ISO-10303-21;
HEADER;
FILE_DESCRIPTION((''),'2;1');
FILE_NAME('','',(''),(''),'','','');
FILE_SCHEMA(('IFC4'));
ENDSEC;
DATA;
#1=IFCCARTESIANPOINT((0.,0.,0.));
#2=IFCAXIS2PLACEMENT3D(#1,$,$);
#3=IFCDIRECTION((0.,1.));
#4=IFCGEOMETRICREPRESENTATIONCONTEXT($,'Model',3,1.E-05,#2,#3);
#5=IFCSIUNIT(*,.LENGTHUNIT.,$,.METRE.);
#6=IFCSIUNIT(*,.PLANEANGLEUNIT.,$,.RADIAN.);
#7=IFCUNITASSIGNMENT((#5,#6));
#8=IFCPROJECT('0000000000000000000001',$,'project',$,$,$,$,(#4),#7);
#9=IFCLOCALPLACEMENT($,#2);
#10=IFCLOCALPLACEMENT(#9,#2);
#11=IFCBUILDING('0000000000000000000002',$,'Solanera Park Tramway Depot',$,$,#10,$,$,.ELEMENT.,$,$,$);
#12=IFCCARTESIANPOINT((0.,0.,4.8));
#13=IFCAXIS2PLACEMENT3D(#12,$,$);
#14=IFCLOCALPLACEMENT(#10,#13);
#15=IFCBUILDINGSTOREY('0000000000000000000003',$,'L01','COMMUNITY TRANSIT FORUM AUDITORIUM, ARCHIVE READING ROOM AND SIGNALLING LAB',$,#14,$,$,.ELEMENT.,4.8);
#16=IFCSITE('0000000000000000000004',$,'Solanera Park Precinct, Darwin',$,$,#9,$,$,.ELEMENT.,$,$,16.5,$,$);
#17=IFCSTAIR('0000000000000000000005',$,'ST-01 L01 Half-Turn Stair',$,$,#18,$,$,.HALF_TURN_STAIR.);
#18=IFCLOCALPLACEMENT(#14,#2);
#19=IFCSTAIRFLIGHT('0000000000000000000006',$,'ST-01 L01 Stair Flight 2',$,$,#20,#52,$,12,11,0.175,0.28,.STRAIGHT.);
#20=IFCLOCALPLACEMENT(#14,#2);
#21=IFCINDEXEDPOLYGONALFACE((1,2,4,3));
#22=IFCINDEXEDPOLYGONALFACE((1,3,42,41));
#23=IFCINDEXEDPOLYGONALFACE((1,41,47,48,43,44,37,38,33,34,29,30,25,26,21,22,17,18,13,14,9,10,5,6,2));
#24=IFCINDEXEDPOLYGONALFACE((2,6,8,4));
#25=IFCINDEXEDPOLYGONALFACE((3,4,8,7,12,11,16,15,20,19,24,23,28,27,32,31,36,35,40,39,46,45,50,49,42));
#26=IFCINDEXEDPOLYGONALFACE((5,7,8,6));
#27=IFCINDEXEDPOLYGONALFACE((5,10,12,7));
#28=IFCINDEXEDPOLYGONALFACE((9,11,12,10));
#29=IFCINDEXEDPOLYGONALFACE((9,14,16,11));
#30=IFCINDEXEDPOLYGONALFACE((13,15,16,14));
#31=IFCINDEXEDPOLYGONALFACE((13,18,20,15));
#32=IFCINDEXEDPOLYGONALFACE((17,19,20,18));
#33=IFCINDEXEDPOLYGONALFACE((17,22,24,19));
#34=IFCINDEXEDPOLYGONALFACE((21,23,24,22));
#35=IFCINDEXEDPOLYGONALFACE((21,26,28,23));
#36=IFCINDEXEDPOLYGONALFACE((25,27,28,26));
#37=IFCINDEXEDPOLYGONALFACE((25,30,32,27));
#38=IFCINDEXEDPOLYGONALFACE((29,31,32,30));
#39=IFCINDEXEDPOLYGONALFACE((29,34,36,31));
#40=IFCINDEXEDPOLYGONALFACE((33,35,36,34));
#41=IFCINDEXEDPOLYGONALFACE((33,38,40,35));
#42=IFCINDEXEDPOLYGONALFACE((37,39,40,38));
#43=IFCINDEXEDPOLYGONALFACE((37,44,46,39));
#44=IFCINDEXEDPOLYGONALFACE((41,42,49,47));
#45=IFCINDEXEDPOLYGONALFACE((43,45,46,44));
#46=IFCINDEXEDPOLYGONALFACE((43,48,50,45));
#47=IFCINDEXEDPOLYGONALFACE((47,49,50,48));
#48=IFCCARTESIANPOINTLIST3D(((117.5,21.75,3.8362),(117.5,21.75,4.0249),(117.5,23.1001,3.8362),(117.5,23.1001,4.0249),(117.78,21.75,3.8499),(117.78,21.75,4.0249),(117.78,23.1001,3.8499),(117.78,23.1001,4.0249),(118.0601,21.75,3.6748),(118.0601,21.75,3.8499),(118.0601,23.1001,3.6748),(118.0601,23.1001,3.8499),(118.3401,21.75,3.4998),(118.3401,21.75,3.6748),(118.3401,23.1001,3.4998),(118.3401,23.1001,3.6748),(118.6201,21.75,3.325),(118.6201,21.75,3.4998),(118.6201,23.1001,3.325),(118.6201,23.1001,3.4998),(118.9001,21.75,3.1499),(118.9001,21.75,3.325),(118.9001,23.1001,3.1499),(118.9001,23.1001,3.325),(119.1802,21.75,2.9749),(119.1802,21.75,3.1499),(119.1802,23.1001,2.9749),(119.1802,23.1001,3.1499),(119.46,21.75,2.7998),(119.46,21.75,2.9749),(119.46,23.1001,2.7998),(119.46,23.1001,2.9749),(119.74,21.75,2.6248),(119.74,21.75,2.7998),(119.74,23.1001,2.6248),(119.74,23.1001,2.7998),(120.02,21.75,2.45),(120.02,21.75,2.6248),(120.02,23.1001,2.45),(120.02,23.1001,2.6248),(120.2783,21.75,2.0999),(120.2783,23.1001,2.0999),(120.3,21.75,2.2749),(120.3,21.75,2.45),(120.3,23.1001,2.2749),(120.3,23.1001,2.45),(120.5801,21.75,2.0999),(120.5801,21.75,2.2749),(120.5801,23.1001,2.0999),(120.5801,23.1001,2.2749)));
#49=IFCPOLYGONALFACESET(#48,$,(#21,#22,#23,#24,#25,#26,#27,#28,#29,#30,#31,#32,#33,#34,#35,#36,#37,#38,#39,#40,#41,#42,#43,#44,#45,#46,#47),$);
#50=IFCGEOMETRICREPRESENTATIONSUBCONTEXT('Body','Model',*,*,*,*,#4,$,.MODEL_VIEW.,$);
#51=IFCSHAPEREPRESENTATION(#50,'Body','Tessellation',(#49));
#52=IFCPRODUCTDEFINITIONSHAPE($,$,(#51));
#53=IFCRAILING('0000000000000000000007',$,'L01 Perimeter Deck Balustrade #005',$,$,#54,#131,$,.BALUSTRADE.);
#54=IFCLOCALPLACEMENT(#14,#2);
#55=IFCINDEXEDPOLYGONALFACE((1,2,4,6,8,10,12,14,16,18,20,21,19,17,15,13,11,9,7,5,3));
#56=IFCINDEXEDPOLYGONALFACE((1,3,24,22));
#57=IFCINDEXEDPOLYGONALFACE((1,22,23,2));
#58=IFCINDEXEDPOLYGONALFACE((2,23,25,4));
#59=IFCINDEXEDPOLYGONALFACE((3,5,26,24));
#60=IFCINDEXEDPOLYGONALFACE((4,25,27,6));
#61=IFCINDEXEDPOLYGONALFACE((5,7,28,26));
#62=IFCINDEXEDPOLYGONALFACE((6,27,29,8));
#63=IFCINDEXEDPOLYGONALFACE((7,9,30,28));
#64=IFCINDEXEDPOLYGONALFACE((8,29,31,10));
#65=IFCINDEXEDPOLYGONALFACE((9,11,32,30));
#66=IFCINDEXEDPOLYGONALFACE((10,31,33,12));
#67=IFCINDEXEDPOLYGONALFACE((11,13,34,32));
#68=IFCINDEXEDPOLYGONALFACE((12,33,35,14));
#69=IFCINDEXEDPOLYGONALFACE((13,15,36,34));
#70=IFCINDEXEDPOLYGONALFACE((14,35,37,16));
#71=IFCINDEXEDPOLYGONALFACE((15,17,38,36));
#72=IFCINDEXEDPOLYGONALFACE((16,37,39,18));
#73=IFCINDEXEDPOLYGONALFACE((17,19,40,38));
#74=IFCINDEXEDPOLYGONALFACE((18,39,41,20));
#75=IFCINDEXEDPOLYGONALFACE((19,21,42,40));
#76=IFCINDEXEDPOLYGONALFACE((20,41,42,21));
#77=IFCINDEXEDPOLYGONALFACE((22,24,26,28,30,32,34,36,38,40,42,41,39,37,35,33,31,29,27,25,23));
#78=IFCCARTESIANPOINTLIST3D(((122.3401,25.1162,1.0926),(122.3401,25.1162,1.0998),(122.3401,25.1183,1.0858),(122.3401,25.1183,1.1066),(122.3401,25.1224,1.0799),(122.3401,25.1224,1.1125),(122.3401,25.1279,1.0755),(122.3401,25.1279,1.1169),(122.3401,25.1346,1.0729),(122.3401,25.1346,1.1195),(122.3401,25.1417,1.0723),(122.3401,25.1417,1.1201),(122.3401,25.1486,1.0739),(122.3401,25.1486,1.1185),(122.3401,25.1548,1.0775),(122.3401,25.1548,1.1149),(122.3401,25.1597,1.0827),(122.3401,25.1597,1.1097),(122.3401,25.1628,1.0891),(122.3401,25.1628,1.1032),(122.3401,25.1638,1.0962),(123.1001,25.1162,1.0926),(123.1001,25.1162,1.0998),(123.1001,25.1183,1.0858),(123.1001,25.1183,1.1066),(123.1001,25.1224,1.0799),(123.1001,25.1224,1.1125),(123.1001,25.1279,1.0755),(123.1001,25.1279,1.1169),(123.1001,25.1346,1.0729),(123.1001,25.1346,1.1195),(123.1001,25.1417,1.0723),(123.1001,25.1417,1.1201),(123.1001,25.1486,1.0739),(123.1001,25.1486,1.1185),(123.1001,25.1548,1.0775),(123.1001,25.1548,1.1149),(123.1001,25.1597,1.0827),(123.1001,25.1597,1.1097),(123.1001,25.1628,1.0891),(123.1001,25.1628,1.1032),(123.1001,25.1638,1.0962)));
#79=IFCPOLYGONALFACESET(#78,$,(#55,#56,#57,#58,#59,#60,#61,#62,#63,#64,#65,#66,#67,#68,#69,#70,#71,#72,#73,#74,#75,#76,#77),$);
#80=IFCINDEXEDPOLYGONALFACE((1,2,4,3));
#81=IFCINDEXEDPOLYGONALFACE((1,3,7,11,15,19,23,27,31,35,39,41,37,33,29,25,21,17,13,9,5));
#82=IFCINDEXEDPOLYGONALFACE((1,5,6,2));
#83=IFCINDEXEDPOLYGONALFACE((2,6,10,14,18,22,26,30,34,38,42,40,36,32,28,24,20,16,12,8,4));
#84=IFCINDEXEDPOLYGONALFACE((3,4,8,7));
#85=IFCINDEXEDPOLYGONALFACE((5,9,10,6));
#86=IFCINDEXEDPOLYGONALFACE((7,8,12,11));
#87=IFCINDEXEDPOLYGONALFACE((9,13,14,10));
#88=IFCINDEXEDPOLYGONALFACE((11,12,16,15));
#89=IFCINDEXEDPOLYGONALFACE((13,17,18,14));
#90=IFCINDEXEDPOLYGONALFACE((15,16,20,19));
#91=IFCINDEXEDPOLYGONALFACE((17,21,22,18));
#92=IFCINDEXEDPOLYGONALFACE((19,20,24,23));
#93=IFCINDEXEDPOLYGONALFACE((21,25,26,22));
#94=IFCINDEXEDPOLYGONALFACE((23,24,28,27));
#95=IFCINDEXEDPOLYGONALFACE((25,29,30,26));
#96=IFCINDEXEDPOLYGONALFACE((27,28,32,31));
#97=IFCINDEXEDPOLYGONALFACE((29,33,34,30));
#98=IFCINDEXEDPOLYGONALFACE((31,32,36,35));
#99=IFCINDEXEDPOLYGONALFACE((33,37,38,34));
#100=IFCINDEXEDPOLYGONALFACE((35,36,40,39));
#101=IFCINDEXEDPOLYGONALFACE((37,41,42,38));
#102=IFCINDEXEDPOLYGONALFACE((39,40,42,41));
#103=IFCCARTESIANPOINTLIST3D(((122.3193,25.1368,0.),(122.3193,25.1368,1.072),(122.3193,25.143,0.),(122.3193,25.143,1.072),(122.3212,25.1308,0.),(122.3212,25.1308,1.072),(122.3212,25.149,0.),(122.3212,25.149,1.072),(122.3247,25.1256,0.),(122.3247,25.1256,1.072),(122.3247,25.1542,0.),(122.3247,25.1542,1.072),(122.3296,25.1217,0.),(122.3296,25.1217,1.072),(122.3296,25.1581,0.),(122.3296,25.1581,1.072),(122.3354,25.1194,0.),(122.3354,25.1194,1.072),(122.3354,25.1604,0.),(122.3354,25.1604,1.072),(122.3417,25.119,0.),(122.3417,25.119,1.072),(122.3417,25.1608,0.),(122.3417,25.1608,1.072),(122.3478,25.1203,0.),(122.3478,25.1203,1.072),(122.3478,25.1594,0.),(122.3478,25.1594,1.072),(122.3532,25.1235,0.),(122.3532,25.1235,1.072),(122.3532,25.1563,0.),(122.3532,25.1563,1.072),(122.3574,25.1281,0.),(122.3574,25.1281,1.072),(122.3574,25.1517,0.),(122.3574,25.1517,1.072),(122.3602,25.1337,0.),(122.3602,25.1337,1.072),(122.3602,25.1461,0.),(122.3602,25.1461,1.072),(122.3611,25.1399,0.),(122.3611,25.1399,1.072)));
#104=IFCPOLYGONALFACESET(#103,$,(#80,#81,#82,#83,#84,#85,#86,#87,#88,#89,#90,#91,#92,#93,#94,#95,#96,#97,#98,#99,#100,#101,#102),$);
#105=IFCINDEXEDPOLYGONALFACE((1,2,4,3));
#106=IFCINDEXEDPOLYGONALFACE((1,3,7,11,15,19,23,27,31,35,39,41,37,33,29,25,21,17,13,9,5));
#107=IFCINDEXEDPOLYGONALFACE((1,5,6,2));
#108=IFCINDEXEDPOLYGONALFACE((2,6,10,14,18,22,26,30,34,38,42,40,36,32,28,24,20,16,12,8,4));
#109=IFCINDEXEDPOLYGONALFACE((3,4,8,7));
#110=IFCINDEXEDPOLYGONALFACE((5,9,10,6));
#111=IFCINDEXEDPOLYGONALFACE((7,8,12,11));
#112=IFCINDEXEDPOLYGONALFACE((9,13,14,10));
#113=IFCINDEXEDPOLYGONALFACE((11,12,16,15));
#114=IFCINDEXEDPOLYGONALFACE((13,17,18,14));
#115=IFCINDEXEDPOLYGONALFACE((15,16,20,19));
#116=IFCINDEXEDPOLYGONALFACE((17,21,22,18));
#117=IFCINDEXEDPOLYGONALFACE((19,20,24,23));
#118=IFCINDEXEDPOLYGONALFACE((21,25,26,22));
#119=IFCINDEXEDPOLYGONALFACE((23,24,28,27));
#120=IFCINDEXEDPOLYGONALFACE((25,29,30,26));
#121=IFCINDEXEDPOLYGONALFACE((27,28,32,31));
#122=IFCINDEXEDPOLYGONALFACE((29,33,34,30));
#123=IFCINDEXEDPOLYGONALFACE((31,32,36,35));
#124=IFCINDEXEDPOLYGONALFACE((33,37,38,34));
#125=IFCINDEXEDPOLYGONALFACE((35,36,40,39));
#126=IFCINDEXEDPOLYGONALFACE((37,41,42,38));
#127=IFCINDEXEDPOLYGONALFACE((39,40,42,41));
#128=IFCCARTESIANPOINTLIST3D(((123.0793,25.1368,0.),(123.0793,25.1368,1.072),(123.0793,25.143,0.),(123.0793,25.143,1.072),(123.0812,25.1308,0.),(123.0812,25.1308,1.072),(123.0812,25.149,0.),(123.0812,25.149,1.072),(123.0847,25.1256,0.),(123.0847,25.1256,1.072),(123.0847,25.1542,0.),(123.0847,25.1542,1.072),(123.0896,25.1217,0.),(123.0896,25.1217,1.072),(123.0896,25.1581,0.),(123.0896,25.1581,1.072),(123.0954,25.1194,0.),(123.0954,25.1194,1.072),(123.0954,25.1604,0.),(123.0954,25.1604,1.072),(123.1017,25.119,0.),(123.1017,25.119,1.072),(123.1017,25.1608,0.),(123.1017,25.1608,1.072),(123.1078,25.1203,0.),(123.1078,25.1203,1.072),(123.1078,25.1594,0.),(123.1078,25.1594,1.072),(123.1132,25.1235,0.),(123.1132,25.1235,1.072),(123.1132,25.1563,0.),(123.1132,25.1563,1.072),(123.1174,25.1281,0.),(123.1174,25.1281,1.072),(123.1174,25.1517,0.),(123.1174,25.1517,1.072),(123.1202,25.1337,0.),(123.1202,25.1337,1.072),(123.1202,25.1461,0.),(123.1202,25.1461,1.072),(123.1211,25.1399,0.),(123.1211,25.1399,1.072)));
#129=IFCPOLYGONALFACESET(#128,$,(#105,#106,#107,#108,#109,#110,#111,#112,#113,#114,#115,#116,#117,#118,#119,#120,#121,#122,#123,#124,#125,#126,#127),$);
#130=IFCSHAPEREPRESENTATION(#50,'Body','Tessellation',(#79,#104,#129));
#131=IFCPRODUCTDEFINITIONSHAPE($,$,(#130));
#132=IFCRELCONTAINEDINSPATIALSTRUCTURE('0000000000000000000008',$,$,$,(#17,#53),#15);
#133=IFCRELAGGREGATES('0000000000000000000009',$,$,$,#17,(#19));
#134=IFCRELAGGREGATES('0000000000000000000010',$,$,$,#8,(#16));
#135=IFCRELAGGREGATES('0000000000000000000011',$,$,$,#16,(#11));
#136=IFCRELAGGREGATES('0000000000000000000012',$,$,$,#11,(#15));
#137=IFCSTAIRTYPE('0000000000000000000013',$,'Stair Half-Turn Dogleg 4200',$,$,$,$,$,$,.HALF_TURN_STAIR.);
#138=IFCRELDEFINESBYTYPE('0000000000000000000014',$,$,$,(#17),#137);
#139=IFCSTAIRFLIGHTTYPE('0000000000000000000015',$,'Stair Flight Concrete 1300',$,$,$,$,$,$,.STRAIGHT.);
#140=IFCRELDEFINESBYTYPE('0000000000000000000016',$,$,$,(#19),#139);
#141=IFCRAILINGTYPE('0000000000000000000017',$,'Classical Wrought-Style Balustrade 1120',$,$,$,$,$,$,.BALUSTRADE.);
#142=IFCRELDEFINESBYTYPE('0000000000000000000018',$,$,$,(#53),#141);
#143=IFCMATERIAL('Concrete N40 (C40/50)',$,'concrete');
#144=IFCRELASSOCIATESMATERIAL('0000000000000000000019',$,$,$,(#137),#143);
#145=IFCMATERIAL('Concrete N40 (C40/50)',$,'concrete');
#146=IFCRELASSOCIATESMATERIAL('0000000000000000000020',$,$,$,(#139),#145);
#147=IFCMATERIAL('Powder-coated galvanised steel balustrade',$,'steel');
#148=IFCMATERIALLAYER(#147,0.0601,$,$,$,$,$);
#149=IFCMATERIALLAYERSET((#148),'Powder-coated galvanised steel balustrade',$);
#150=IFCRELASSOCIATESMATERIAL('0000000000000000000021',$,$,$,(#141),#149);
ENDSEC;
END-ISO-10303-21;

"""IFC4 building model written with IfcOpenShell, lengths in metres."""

from ifc_helpers import new_model, si_unit, direction, frame, origin, origin_2d, place, context, subcontext, project, spatial, polyline, circle, outline, extrude, material, layer, layer_set, type_object, element, aggregate, save


model = new_model("IFC4")

# Units and contexts
model_context = context("Model", 3, precision=1e-05, world=origin(), true_north=direction((0.0, 1.0)))
body_context = subcontext(model_context, "Body", "Model", "MODEL_VIEW")
ifc_project = project(units=[si_unit("LENGTHUNIT", "METRE"), si_unit("PLANEANGLEUNIT", "RADIAN")], contexts=[model_context])

# Site, building, storey
site_placement = place(None, origin())
site = spatial("IfcSite", under=ifc_project, at=site_placement, Name="Solanera Park Precinct, Darwin", CompositionType="ELEMENT", RefElevation=16.5)
building_placement = place(site_placement, origin())
building = spatial("IfcBuilding", under=site, at=building_placement, Name="Solanera Park Tramway Depot", CompositionType="ELEMENT")
storey_placement = place(building_placement, frame((0.0, 0.0, 4.8)))
storey = spatial("IfcBuildingStorey", under=building, at=storey_placement, Name="L01", Description="COMMUNITY TRANSIT FORUM AUDITORIUM, ARCHIVE READING ROOM AND SIGNALLING LAB", CompositionType="ELEMENT", Elevation=4.8)

# Stair, stair flight
ifc_material_1 = material(Name="Concrete N40 (C40/50)", Category="concrete")
stair_type = type_object("IfcStairType", Name="Stair Half-Turn Dogleg 4200", PredefinedType="HALF_TURN_STAIR", material=ifc_material_1)
stair_placement = place(storey_placement, origin())
stair = element("IfcStair", 1, at=stair_placement, inside=storey, type_object=stair_type, Name="ST-01 L01 Half-Turn Stair", PredefinedType="HALF_TURN_STAIR")
ifc_material_2 = material(Name="Concrete N40 (C40/50)", Category="concrete")
stair_flight_type = type_object("IfcStairFlightType", Name="Stair Flight Concrete 1300", PredefinedType="STRAIGHT", material=ifc_material_2)
stair_flight_placement = place(storey_placement, frame((120.5801, 22.425, 2.0999), z_axis=(0.0, 0.0, 1.0), x_axis=(-1.0, 0.0, 0.0)))
stair_flight = element("IfcStairFlight", 2, at=stair_flight_placement, type_object=stair_flight_type, Name="ST-01 L01 Stair Flight 2", NumberOfRisers=12, NumberOfTreads=11, PredefinedType="STRAIGHT", RiserHeight=0.175, TreadLength=0.28, context=body_context, shape_type="SweptSolid", body=[
    extrude(outline(polyline([(0.0, 0.0), (0.0, 0.175), (0.28, 0.175), (0.28, 0.3501), (0.5601, 0.3501), (0.5601, 0.5249), (0.8401, 0.5249), (0.8401, 0.7), (1.1201, 0.7), (1.1201, 0.875), (1.3999, 0.875), (1.3999, 1.05), (1.6799, 1.05), (1.6799, 1.2251), (1.96, 1.2251), (1.96, 1.3999), (2.24, 1.3999), (2.24, 1.575), (2.52, 1.575), (2.52, 1.75), (2.8, 1.75), (2.8, 1.925), (3.0801, 1.925), (3.0801, 2.1001), (3.0801, 1.7363), (0.3018, 0.0), (0.0, 0.0)])), frame((0.0, 0.675, 0.0), z_axis=(0.0, -1.0, 0.0), x_axis=(1.0, 0.0, 0.0)), (0.0, 0.0, 1.0), 1.3501),
])
aggregate(stair, [stair_flight])

# Railing
ifc_material_3 = material(Name="Powder-coated galvanised steel balustrade", Category="steel")
ifc_layer_1 = layer(ifc_material_3, 0.0601)
ifc_layer_set_1 = layer_set([ifc_layer_1], Name="Powder-coated galvanised steel balustrade")
railing_type_1 = type_object("IfcRailingType", Name="Classical Wrought-Style Balustrade 1120", PredefinedType="BALUSTRADE", material=ifc_layer_set_1)
railing_1_placement = place(storey_placement, frame((122.3401, 25.1399, 0.0)))
element("IfcRailing", 3, at=railing_1_placement, inside=storey, type_object=railing_type_1, Name="L01 Perimeter Deck Balustrade #005", PredefinedType="BALUSTRADE", context=body_context, shape_type="SweptSolid", body=[
    extrude(circle(Radius=0.0239, at=origin_2d()), frame((0.0, 0.0, 1.0962), z_axis=(1.0, 0.0, 0.0), x_axis=(0.0, 1.0, 0.0)), (0.0, 0.0, 1.0), 0.76),
    extrude(circle(Radius=0.021, at=origin_2d()), origin(), (0.0, 0.0, 1.0), 1.072),
    extrude(circle(Radius=0.021, at=origin_2d()), frame((0.76, 0.0, 0.0)), (0.0, 0.0, 1.0), 1.072),
])

save(model, "model.ifc")
